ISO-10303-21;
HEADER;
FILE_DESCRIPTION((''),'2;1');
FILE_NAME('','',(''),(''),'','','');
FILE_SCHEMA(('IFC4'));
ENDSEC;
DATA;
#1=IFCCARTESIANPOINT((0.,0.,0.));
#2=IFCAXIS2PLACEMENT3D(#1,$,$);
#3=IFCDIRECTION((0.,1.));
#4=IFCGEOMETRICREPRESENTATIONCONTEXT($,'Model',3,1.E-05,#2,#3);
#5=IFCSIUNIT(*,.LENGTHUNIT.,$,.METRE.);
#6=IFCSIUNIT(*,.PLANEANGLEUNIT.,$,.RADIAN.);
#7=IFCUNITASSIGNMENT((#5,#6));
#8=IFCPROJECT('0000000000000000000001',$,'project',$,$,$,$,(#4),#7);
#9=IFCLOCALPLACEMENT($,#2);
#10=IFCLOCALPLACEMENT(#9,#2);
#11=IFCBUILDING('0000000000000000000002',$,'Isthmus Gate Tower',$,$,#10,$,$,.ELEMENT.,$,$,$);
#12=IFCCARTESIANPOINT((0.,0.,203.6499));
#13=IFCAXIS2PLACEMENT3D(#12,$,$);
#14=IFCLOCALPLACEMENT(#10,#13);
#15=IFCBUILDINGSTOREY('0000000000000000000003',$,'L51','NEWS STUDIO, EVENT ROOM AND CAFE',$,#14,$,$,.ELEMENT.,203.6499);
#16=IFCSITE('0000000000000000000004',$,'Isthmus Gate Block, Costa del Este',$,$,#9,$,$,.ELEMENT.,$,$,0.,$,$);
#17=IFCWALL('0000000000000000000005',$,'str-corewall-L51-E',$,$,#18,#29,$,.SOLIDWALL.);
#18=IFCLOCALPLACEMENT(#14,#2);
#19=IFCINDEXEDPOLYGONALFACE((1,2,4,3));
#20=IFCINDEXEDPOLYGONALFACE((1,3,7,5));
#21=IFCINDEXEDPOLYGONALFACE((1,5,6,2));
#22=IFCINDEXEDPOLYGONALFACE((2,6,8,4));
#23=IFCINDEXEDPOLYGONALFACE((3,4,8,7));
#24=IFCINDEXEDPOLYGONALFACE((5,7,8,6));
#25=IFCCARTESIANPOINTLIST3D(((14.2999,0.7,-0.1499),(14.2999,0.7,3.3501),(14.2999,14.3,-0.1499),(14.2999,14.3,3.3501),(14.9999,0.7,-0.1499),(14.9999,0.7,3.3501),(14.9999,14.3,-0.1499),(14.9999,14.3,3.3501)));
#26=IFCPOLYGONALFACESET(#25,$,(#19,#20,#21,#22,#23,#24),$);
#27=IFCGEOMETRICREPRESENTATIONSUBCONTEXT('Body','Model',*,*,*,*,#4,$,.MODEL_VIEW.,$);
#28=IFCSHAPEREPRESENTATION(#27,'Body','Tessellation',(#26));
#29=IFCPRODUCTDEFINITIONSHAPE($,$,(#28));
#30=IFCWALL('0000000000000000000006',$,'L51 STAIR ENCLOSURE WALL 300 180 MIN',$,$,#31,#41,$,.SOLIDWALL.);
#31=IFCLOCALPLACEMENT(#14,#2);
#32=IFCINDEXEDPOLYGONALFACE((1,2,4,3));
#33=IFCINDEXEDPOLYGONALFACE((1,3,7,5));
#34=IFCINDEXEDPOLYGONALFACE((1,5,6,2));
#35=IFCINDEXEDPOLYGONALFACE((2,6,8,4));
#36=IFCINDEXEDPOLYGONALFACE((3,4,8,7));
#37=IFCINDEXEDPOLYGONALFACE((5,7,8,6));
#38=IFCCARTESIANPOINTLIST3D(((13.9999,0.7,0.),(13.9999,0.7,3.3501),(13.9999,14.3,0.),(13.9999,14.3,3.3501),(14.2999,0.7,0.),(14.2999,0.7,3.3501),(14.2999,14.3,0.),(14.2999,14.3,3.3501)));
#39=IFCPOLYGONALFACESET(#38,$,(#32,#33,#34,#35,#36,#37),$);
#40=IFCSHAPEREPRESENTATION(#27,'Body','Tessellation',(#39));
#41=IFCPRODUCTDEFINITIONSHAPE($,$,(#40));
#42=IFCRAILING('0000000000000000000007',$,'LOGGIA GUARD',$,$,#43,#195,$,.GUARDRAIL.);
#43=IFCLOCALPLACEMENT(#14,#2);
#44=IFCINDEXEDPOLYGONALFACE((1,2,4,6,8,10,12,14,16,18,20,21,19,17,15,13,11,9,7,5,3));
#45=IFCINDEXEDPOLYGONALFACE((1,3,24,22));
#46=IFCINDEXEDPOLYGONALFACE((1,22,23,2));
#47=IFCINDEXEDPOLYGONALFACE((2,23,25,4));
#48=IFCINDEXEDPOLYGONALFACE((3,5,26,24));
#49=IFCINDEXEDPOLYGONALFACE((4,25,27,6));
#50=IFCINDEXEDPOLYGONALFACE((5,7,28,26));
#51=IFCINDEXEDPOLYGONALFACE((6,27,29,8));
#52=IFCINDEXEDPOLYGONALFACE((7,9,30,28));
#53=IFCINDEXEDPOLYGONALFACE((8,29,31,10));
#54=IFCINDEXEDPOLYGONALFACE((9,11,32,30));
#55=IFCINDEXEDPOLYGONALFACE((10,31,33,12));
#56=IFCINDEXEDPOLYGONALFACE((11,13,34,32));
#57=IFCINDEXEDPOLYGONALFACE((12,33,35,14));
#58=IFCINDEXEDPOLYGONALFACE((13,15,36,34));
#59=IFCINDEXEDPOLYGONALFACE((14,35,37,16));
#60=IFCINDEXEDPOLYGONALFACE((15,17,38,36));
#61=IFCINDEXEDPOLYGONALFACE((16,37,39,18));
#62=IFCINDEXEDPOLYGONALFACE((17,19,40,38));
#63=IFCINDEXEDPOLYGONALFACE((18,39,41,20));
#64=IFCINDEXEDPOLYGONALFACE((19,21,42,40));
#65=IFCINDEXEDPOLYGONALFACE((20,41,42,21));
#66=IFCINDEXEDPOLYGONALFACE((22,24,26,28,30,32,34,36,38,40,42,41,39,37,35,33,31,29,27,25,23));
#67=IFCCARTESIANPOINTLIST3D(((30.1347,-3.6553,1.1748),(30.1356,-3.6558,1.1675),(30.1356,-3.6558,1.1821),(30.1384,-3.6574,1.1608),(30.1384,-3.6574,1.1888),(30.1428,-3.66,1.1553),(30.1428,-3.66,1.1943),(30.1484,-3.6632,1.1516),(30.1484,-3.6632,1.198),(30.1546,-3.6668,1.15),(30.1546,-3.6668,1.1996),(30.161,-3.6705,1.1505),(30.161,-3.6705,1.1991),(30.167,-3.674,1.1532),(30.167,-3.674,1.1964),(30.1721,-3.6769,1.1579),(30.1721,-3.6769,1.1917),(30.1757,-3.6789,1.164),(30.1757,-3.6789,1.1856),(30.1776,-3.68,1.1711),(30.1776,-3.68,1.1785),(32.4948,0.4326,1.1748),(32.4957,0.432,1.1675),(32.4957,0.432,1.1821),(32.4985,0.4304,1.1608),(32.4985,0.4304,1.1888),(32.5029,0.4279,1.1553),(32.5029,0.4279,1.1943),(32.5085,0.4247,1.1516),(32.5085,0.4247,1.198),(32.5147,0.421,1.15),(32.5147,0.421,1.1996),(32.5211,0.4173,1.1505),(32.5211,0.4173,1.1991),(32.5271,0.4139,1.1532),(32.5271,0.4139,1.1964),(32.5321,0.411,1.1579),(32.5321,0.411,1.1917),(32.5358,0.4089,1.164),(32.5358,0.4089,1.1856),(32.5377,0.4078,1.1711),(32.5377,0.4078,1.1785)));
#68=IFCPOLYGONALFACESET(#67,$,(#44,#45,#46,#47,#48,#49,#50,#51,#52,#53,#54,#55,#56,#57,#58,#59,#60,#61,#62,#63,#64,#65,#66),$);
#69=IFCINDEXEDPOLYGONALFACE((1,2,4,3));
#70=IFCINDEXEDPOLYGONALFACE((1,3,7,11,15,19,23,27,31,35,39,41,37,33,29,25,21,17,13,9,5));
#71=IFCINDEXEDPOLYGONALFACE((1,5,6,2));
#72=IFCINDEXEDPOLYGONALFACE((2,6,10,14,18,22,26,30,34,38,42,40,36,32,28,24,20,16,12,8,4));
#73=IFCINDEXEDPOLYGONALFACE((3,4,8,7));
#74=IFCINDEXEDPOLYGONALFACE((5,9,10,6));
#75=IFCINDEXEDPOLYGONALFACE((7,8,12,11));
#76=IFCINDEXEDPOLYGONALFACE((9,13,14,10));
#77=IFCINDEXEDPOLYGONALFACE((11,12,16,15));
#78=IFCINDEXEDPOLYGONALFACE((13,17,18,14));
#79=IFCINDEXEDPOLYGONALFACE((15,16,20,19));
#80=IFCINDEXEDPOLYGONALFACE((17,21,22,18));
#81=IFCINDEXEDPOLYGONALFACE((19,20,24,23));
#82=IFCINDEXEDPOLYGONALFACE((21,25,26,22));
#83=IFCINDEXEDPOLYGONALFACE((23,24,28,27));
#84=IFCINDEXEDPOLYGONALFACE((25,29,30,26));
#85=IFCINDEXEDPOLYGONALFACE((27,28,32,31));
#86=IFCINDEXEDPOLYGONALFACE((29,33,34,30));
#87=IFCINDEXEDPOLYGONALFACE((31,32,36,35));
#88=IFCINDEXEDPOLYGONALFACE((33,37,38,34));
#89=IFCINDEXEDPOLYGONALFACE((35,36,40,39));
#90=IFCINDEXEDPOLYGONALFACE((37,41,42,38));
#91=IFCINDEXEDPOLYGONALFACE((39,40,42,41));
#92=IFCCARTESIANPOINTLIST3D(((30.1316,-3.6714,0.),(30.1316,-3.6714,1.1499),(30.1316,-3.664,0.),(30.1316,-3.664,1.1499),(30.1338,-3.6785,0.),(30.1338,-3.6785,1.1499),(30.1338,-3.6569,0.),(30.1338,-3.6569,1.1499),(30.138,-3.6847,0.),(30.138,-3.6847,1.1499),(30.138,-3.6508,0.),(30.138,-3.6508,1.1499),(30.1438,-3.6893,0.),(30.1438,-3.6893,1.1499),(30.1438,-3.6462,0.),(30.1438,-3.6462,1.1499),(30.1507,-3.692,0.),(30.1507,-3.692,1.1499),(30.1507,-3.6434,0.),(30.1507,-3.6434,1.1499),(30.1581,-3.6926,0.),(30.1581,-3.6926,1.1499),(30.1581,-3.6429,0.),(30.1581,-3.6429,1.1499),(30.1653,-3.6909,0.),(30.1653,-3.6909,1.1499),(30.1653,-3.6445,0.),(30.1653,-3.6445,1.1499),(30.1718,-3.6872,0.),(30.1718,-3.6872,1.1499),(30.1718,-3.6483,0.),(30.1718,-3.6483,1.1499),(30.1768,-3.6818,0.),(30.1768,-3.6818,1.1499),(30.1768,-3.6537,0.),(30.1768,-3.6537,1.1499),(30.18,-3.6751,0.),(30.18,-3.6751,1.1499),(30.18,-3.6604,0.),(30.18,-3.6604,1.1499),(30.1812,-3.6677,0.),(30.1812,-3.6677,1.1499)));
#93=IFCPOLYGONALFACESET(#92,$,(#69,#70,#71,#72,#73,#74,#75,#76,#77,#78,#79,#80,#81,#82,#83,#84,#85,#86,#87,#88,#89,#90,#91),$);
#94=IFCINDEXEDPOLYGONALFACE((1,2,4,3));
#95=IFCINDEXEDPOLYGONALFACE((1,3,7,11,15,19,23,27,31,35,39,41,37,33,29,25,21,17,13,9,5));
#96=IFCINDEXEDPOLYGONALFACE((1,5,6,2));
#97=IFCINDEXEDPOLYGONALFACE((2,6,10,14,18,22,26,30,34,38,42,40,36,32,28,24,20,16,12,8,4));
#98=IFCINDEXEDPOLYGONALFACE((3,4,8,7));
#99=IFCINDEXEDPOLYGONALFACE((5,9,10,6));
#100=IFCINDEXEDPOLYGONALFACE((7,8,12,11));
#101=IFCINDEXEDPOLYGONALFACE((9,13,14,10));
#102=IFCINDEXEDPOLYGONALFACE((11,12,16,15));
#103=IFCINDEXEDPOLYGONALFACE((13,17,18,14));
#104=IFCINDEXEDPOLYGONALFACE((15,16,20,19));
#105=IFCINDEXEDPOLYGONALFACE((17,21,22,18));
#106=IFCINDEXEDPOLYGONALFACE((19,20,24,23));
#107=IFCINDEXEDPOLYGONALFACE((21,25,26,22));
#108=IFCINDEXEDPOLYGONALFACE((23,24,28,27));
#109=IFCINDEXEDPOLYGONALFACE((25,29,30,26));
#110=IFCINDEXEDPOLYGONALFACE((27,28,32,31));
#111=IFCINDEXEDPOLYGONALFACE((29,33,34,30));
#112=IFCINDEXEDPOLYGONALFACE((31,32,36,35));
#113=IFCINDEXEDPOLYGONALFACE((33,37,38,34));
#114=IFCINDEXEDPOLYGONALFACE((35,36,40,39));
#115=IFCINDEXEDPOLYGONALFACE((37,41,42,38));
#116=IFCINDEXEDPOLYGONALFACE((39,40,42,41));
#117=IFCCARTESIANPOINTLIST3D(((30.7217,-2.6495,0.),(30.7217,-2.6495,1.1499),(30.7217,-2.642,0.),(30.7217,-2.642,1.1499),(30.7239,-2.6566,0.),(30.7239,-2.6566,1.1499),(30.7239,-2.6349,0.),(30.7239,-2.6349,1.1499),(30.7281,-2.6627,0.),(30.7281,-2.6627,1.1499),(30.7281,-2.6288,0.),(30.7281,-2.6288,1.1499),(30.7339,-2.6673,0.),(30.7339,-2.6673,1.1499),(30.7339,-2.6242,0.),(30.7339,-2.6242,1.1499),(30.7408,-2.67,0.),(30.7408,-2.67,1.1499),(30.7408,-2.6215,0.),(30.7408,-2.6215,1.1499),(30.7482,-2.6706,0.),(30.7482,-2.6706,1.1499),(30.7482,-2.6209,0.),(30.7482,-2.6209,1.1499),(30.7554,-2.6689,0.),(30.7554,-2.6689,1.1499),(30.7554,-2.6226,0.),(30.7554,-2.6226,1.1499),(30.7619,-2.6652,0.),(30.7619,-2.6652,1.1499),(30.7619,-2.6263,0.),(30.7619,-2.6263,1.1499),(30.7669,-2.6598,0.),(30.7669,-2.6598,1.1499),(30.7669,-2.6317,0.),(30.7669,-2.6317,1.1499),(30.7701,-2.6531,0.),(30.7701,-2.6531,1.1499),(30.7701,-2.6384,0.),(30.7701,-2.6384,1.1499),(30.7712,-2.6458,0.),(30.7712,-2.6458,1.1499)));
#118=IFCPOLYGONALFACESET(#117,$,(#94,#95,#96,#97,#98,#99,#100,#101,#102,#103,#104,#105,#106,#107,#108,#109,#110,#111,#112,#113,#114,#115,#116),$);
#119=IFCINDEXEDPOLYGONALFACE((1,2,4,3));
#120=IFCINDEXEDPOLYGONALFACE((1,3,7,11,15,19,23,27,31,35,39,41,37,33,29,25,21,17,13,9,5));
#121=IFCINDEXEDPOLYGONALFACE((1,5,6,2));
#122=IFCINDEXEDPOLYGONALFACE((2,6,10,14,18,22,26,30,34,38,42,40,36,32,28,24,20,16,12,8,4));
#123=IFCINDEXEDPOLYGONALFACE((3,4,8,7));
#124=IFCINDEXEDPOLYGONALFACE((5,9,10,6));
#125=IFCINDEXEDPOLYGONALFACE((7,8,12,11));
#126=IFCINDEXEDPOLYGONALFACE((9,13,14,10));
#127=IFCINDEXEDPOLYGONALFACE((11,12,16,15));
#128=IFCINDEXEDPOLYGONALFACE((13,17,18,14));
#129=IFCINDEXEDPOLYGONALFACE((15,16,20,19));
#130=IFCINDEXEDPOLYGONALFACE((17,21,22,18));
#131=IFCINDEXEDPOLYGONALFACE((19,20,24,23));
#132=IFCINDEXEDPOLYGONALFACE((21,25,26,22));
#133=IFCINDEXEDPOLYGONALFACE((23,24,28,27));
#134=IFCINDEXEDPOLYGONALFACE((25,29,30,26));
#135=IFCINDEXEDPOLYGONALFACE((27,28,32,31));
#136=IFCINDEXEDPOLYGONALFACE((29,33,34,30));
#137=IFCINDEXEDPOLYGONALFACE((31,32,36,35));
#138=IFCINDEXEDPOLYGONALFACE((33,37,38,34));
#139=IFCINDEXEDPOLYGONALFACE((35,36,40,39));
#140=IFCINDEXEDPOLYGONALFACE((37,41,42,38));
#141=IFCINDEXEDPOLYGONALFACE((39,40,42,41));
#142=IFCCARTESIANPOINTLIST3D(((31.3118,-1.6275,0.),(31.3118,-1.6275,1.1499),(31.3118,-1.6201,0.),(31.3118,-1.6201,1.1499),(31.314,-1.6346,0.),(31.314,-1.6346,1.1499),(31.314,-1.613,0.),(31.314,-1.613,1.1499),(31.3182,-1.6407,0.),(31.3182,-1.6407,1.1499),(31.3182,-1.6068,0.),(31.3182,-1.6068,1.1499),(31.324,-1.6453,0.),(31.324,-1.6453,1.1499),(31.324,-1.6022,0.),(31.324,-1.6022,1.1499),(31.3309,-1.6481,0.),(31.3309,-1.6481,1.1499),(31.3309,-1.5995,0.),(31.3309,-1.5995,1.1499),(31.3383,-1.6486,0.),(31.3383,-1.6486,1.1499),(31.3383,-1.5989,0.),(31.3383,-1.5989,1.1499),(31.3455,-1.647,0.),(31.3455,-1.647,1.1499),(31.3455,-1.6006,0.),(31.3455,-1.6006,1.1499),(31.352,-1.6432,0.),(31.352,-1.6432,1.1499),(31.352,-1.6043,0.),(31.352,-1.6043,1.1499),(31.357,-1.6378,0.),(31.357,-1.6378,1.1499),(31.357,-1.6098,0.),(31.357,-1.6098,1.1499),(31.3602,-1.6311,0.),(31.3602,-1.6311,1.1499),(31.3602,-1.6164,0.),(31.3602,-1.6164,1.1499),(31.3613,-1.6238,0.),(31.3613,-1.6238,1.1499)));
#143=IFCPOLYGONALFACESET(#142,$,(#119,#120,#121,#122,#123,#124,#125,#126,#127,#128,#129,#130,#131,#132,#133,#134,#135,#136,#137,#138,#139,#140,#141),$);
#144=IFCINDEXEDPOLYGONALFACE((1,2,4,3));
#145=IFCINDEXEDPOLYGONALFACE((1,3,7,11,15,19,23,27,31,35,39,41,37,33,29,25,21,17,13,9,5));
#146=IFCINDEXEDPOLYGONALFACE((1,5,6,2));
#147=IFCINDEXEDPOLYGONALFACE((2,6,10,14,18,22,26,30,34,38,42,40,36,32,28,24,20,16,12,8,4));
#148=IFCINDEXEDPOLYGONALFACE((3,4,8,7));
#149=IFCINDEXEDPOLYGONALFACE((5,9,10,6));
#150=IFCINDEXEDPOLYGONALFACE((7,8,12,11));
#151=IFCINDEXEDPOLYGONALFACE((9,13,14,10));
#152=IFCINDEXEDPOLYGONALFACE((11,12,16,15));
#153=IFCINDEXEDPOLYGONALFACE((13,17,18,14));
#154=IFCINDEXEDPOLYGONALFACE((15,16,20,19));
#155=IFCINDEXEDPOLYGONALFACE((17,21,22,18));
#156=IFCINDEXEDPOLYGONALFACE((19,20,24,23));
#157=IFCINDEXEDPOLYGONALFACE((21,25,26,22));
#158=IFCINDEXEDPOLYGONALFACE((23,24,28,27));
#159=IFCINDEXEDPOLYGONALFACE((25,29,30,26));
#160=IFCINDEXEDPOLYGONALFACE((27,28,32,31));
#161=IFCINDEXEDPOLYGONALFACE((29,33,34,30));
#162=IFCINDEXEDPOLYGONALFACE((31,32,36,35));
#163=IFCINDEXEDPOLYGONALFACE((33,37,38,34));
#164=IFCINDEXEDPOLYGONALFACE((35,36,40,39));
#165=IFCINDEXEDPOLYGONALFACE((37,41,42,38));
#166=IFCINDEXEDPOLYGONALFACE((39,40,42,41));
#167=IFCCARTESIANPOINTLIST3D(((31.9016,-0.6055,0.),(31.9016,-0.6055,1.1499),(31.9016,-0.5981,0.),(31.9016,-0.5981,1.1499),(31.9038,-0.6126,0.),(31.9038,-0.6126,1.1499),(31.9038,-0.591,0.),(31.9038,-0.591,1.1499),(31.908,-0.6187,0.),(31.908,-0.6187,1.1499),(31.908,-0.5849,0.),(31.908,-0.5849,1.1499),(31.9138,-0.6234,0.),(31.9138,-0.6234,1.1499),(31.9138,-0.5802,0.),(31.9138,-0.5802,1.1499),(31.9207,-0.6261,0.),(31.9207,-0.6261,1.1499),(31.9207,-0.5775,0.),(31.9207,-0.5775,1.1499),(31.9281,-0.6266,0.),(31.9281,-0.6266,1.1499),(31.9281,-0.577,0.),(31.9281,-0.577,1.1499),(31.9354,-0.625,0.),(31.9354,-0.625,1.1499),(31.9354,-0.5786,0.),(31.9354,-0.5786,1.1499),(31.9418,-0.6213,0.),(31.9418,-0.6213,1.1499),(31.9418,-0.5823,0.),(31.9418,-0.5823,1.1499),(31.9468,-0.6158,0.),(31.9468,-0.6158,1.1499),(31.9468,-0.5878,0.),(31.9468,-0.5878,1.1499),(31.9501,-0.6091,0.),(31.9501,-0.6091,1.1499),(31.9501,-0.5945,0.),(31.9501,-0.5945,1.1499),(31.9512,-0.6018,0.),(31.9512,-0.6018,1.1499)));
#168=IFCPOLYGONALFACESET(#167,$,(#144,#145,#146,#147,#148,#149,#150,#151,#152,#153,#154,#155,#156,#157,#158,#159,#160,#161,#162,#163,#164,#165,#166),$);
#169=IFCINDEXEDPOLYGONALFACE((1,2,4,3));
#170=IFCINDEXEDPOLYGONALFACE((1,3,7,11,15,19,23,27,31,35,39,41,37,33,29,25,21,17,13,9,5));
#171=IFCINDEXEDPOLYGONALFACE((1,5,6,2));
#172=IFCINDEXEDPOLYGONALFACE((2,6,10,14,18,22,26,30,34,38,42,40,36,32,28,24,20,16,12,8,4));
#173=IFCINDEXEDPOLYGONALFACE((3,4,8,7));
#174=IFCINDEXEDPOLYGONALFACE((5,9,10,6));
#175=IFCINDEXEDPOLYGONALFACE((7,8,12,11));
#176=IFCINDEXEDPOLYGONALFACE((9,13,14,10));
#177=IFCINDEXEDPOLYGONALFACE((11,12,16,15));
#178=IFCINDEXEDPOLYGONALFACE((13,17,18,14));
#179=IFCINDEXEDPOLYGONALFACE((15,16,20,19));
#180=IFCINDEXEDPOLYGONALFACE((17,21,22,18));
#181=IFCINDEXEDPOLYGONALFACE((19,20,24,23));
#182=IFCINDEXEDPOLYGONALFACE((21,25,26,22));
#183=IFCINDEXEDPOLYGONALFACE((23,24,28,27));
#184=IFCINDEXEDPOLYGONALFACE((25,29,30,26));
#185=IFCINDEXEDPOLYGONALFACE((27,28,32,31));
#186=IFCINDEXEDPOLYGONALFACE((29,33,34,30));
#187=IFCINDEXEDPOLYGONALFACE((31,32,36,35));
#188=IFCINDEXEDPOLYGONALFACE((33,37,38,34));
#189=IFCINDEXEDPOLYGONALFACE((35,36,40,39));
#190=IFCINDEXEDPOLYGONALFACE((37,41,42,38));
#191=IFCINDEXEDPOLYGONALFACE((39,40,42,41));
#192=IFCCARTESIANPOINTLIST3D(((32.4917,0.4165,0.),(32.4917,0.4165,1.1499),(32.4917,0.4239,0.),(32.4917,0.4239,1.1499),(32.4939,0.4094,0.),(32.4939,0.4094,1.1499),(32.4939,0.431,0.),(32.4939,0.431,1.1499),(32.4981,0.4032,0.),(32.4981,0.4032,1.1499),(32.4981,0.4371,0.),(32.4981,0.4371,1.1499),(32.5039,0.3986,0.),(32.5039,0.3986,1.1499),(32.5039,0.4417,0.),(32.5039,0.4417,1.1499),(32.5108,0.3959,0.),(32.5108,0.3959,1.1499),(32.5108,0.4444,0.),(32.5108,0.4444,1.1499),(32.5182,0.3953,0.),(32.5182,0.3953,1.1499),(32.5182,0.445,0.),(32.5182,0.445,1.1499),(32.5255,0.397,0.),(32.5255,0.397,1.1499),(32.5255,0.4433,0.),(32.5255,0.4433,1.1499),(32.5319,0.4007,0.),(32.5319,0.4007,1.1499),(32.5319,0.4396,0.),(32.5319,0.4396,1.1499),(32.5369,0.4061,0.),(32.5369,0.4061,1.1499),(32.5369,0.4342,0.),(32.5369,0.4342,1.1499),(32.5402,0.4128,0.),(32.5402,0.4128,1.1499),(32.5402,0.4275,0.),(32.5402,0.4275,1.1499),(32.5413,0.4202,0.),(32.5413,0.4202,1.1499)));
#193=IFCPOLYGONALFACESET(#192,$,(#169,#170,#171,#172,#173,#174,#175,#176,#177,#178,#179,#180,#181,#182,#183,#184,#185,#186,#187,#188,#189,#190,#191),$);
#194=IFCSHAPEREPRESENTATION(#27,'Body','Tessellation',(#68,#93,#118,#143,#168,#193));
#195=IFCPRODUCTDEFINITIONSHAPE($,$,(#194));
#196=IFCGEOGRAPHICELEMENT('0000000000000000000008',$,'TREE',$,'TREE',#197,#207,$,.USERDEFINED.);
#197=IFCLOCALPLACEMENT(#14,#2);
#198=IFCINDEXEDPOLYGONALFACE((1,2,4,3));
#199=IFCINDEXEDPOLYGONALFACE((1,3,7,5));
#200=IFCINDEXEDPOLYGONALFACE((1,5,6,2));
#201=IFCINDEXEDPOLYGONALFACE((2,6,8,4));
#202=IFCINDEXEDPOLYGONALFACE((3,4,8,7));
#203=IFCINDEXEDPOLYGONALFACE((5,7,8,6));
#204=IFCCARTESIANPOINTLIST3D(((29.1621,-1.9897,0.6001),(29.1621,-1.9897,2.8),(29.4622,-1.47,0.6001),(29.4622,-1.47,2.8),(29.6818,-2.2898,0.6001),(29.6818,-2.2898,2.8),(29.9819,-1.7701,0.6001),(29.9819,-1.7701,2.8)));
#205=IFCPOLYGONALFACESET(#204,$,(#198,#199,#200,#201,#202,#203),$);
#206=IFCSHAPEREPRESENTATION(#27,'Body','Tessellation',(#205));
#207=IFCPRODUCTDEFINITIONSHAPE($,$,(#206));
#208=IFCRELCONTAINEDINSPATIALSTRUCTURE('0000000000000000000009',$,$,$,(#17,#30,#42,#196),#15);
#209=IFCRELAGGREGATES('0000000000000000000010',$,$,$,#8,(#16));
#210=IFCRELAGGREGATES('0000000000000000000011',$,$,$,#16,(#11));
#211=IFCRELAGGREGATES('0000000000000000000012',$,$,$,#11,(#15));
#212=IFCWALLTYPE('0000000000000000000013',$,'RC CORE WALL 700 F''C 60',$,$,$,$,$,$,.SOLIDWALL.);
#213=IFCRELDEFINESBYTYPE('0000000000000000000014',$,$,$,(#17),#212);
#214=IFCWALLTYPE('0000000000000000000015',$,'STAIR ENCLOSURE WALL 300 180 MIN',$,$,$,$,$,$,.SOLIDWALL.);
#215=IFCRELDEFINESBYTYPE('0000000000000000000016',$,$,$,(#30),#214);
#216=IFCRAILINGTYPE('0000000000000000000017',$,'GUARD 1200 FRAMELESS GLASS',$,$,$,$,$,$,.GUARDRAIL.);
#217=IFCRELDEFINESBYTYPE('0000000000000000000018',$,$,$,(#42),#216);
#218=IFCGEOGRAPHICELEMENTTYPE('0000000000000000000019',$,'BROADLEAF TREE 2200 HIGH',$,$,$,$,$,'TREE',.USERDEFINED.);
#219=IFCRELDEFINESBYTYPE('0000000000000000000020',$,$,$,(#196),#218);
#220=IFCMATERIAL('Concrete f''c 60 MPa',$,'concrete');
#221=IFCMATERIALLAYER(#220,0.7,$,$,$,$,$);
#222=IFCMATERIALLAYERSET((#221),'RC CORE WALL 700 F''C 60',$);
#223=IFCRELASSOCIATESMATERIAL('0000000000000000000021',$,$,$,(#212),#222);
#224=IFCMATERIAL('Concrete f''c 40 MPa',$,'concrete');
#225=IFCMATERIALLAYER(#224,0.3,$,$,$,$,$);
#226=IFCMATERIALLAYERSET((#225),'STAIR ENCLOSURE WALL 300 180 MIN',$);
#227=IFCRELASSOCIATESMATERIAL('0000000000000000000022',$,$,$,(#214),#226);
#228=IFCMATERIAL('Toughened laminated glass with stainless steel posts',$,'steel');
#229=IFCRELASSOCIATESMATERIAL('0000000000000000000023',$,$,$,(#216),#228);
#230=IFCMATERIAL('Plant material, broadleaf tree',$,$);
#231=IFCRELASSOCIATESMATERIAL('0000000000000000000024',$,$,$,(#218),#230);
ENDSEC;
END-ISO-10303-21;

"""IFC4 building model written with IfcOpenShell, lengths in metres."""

from ifc_helpers import new_model, si_unit, direction, frame, frame_2d, origin, origin_2d, place, context, subcontext, project, spatial, rectangle, circle, extrude, material, layer, layer_set, type_object, element, save


model = new_model("IFC4")

# Units and contexts
model_context = context("Model", 3, precision=1e-05, world=origin(), true_north=direction((0.0, 1.0)))
body_context = subcontext(model_context, "Body", "Model", "MODEL_VIEW")
ifc_project = project(units=[si_unit("LENGTHUNIT", "METRE"), si_unit("PLANEANGLEUNIT", "RADIAN")], contexts=[model_context])

# Site, building, storey
site_placement = place(None, origin())
site = spatial("IfcSite", under=ifc_project, at=site_placement, Name="Isthmus Gate Block, Costa del Este", CompositionType="ELEMENT", RefElevation=0.0)
building_placement = place(site_placement, origin())
building = spatial("IfcBuilding", under=site, at=building_placement, Name="Isthmus Gate Tower", CompositionType="ELEMENT")
storey_placement = place(building_placement, frame((0.0, 0.0, 203.6499)))
storey = spatial("IfcBuildingStorey", under=building, at=storey_placement, Name="L51", Description="NEWS STUDIO, EVENT ROOM AND CAFE", CompositionType="ELEMENT", Elevation=203.6499)

# Walls
ifc_material_1 = material(Name="Concrete f'c 60 MPa", Category="concrete")
ifc_layer_1 = layer(ifc_material_1, 0.7)
ifc_layer_set_1 = layer_set([ifc_layer_1], Name="RC CORE WALL 700 F'C 60")
wall_type_1 = type_object("IfcWallType", Name="RC CORE WALL 700 F'C 60", PredefinedType="SOLIDWALL", material=ifc_layer_set_1)
wall_1_placement = place(storey_placement, frame((14.6499, 0.7, -0.1499), z_axis=(0.0, 0.0, 1.0), x_axis=(0.0, 1.0, 0.0)))
element("IfcWall", 1, at=wall_1_placement, inside=storey, type_object=wall_type_1, Name="str-corewall-L51-E", PredefinedType="SOLIDWALL", context=body_context, shape_type="SweptSolid", body=[
    extrude(rectangle(XDim=13.6001, YDim=0.7, at=frame_2d((6.8, 0.0))), origin(), (0.0, 0.0, 1.0), 3.5),
])
ifc_material_2 = material(Name="Concrete f'c 40 MPa", Category="concrete")
ifc_layer_2 = layer(ifc_material_2, 0.3)
ifc_layer_set_2 = layer_set([ifc_layer_2], Name="STAIR ENCLOSURE WALL 300 180 MIN")
wall_type_2 = type_object("IfcWallType", Name="STAIR ENCLOSURE WALL 300 180 MIN", PredefinedType="SOLIDWALL", material=ifc_layer_set_2)
wall_2_placement = place(storey_placement, frame((14.1499, 0.7, 0.0), z_axis=(0.0, 0.0, 1.0), x_axis=(0.0, 1.0, 0.0)))
element("IfcWall", 2, at=wall_2_placement, inside=storey, type_object=wall_type_2, Name="L51 STAIR ENCLOSURE WALL 300 180 MIN", PredefinedType="SOLIDWALL", context=body_context, shape_type="SweptSolid", body=[
    extrude(rectangle(XDim=13.6001, YDim=0.3, at=frame_2d((6.8, 0.0))), origin(), (0.0, 0.0, 1.0), 3.3501),
])

# Railing
ifc_material_3 = material(Name="Toughened laminated glass with stainless steel posts", Category="steel")
railing_type = type_object("IfcRailingType", Name="GUARD 1200 FRAMELESS GLASS", PredefinedType="GUARDRAIL", material=ifc_material_3)
railing_placement = place(storey_placement, frame((30.1562, -3.6677, 0.0)))
element("IfcRailing", 3, at=railing_placement, inside=storey, type_object=railing_type, Name="LOGGIA GUARD", PredefinedType="GUARDRAIL", context=body_context, shape_type="SweptSolid", body=[
    extrude(circle(Radius=0.0249, at=origin_2d()), frame((0.0, 0.0, 1.1748), z_axis=(0.499994, 0.866029, 0.0), x_axis=(-0.866029, 0.499994, 0.0)), (0.0, 0.0, 1.0), 4.7202),
    extrude(circle(Radius=0.0249, at=origin_2d()), origin(), (0.0, 0.0, 1.0), 1.1499),
    extrude(circle(Radius=0.0249, at=origin_2d()), frame((0.5901, 1.022, 0.0)), (0.0, 0.0, 1.0), 1.1499),
    extrude(circle(Radius=0.0249, at=origin_2d()), frame((1.1802, 2.0439, 0.0)), (0.0, 0.0, 1.0), 1.1499),
    extrude(circle(Radius=0.0249, at=origin_2d()), frame((1.77, 3.0659, 0.0)), (0.0, 0.0, 1.0), 1.1499),
    extrude(circle(Radius=0.0249, at=origin_2d()), frame((2.3601, 4.0879, 0.0)), (0.0, 0.0, 1.0), 1.1499),
])

# Geographic element
ifc_material_4 = material(Name="Plant material, broadleaf tree")
geographic_element_type = type_object("IfcGeographicElementType", Name="BROADLEAF TREE 2200 HIGH", ElementType="TREE", PredefinedType="USERDEFINED", material=ifc_material_4)
for number, where, z_axis, x_axis, name in (
    (4, (29.572, -1.8799, 0.6001), (0.0, 0.0, 1.0), (0.5, 0.866025, 0.0), "TREE"),
):
    element("IfcGeographicElement", number, at=place(storey_placement, frame(where, z_axis=z_axis, x_axis=x_axis)), inside=storey, type_object=geographic_element_type, Name=name, ObjectType="TREE", PredefinedType="USERDEFINED", context=body_context, shape_type="SweptSolid", body=[
        extrude(rectangle(XDim=0.6001, YDim=0.6001, at=origin_2d()), origin(), (0.0, 0.0, 1.0), 2.2),
    ])

save(model, "model.ifc")
